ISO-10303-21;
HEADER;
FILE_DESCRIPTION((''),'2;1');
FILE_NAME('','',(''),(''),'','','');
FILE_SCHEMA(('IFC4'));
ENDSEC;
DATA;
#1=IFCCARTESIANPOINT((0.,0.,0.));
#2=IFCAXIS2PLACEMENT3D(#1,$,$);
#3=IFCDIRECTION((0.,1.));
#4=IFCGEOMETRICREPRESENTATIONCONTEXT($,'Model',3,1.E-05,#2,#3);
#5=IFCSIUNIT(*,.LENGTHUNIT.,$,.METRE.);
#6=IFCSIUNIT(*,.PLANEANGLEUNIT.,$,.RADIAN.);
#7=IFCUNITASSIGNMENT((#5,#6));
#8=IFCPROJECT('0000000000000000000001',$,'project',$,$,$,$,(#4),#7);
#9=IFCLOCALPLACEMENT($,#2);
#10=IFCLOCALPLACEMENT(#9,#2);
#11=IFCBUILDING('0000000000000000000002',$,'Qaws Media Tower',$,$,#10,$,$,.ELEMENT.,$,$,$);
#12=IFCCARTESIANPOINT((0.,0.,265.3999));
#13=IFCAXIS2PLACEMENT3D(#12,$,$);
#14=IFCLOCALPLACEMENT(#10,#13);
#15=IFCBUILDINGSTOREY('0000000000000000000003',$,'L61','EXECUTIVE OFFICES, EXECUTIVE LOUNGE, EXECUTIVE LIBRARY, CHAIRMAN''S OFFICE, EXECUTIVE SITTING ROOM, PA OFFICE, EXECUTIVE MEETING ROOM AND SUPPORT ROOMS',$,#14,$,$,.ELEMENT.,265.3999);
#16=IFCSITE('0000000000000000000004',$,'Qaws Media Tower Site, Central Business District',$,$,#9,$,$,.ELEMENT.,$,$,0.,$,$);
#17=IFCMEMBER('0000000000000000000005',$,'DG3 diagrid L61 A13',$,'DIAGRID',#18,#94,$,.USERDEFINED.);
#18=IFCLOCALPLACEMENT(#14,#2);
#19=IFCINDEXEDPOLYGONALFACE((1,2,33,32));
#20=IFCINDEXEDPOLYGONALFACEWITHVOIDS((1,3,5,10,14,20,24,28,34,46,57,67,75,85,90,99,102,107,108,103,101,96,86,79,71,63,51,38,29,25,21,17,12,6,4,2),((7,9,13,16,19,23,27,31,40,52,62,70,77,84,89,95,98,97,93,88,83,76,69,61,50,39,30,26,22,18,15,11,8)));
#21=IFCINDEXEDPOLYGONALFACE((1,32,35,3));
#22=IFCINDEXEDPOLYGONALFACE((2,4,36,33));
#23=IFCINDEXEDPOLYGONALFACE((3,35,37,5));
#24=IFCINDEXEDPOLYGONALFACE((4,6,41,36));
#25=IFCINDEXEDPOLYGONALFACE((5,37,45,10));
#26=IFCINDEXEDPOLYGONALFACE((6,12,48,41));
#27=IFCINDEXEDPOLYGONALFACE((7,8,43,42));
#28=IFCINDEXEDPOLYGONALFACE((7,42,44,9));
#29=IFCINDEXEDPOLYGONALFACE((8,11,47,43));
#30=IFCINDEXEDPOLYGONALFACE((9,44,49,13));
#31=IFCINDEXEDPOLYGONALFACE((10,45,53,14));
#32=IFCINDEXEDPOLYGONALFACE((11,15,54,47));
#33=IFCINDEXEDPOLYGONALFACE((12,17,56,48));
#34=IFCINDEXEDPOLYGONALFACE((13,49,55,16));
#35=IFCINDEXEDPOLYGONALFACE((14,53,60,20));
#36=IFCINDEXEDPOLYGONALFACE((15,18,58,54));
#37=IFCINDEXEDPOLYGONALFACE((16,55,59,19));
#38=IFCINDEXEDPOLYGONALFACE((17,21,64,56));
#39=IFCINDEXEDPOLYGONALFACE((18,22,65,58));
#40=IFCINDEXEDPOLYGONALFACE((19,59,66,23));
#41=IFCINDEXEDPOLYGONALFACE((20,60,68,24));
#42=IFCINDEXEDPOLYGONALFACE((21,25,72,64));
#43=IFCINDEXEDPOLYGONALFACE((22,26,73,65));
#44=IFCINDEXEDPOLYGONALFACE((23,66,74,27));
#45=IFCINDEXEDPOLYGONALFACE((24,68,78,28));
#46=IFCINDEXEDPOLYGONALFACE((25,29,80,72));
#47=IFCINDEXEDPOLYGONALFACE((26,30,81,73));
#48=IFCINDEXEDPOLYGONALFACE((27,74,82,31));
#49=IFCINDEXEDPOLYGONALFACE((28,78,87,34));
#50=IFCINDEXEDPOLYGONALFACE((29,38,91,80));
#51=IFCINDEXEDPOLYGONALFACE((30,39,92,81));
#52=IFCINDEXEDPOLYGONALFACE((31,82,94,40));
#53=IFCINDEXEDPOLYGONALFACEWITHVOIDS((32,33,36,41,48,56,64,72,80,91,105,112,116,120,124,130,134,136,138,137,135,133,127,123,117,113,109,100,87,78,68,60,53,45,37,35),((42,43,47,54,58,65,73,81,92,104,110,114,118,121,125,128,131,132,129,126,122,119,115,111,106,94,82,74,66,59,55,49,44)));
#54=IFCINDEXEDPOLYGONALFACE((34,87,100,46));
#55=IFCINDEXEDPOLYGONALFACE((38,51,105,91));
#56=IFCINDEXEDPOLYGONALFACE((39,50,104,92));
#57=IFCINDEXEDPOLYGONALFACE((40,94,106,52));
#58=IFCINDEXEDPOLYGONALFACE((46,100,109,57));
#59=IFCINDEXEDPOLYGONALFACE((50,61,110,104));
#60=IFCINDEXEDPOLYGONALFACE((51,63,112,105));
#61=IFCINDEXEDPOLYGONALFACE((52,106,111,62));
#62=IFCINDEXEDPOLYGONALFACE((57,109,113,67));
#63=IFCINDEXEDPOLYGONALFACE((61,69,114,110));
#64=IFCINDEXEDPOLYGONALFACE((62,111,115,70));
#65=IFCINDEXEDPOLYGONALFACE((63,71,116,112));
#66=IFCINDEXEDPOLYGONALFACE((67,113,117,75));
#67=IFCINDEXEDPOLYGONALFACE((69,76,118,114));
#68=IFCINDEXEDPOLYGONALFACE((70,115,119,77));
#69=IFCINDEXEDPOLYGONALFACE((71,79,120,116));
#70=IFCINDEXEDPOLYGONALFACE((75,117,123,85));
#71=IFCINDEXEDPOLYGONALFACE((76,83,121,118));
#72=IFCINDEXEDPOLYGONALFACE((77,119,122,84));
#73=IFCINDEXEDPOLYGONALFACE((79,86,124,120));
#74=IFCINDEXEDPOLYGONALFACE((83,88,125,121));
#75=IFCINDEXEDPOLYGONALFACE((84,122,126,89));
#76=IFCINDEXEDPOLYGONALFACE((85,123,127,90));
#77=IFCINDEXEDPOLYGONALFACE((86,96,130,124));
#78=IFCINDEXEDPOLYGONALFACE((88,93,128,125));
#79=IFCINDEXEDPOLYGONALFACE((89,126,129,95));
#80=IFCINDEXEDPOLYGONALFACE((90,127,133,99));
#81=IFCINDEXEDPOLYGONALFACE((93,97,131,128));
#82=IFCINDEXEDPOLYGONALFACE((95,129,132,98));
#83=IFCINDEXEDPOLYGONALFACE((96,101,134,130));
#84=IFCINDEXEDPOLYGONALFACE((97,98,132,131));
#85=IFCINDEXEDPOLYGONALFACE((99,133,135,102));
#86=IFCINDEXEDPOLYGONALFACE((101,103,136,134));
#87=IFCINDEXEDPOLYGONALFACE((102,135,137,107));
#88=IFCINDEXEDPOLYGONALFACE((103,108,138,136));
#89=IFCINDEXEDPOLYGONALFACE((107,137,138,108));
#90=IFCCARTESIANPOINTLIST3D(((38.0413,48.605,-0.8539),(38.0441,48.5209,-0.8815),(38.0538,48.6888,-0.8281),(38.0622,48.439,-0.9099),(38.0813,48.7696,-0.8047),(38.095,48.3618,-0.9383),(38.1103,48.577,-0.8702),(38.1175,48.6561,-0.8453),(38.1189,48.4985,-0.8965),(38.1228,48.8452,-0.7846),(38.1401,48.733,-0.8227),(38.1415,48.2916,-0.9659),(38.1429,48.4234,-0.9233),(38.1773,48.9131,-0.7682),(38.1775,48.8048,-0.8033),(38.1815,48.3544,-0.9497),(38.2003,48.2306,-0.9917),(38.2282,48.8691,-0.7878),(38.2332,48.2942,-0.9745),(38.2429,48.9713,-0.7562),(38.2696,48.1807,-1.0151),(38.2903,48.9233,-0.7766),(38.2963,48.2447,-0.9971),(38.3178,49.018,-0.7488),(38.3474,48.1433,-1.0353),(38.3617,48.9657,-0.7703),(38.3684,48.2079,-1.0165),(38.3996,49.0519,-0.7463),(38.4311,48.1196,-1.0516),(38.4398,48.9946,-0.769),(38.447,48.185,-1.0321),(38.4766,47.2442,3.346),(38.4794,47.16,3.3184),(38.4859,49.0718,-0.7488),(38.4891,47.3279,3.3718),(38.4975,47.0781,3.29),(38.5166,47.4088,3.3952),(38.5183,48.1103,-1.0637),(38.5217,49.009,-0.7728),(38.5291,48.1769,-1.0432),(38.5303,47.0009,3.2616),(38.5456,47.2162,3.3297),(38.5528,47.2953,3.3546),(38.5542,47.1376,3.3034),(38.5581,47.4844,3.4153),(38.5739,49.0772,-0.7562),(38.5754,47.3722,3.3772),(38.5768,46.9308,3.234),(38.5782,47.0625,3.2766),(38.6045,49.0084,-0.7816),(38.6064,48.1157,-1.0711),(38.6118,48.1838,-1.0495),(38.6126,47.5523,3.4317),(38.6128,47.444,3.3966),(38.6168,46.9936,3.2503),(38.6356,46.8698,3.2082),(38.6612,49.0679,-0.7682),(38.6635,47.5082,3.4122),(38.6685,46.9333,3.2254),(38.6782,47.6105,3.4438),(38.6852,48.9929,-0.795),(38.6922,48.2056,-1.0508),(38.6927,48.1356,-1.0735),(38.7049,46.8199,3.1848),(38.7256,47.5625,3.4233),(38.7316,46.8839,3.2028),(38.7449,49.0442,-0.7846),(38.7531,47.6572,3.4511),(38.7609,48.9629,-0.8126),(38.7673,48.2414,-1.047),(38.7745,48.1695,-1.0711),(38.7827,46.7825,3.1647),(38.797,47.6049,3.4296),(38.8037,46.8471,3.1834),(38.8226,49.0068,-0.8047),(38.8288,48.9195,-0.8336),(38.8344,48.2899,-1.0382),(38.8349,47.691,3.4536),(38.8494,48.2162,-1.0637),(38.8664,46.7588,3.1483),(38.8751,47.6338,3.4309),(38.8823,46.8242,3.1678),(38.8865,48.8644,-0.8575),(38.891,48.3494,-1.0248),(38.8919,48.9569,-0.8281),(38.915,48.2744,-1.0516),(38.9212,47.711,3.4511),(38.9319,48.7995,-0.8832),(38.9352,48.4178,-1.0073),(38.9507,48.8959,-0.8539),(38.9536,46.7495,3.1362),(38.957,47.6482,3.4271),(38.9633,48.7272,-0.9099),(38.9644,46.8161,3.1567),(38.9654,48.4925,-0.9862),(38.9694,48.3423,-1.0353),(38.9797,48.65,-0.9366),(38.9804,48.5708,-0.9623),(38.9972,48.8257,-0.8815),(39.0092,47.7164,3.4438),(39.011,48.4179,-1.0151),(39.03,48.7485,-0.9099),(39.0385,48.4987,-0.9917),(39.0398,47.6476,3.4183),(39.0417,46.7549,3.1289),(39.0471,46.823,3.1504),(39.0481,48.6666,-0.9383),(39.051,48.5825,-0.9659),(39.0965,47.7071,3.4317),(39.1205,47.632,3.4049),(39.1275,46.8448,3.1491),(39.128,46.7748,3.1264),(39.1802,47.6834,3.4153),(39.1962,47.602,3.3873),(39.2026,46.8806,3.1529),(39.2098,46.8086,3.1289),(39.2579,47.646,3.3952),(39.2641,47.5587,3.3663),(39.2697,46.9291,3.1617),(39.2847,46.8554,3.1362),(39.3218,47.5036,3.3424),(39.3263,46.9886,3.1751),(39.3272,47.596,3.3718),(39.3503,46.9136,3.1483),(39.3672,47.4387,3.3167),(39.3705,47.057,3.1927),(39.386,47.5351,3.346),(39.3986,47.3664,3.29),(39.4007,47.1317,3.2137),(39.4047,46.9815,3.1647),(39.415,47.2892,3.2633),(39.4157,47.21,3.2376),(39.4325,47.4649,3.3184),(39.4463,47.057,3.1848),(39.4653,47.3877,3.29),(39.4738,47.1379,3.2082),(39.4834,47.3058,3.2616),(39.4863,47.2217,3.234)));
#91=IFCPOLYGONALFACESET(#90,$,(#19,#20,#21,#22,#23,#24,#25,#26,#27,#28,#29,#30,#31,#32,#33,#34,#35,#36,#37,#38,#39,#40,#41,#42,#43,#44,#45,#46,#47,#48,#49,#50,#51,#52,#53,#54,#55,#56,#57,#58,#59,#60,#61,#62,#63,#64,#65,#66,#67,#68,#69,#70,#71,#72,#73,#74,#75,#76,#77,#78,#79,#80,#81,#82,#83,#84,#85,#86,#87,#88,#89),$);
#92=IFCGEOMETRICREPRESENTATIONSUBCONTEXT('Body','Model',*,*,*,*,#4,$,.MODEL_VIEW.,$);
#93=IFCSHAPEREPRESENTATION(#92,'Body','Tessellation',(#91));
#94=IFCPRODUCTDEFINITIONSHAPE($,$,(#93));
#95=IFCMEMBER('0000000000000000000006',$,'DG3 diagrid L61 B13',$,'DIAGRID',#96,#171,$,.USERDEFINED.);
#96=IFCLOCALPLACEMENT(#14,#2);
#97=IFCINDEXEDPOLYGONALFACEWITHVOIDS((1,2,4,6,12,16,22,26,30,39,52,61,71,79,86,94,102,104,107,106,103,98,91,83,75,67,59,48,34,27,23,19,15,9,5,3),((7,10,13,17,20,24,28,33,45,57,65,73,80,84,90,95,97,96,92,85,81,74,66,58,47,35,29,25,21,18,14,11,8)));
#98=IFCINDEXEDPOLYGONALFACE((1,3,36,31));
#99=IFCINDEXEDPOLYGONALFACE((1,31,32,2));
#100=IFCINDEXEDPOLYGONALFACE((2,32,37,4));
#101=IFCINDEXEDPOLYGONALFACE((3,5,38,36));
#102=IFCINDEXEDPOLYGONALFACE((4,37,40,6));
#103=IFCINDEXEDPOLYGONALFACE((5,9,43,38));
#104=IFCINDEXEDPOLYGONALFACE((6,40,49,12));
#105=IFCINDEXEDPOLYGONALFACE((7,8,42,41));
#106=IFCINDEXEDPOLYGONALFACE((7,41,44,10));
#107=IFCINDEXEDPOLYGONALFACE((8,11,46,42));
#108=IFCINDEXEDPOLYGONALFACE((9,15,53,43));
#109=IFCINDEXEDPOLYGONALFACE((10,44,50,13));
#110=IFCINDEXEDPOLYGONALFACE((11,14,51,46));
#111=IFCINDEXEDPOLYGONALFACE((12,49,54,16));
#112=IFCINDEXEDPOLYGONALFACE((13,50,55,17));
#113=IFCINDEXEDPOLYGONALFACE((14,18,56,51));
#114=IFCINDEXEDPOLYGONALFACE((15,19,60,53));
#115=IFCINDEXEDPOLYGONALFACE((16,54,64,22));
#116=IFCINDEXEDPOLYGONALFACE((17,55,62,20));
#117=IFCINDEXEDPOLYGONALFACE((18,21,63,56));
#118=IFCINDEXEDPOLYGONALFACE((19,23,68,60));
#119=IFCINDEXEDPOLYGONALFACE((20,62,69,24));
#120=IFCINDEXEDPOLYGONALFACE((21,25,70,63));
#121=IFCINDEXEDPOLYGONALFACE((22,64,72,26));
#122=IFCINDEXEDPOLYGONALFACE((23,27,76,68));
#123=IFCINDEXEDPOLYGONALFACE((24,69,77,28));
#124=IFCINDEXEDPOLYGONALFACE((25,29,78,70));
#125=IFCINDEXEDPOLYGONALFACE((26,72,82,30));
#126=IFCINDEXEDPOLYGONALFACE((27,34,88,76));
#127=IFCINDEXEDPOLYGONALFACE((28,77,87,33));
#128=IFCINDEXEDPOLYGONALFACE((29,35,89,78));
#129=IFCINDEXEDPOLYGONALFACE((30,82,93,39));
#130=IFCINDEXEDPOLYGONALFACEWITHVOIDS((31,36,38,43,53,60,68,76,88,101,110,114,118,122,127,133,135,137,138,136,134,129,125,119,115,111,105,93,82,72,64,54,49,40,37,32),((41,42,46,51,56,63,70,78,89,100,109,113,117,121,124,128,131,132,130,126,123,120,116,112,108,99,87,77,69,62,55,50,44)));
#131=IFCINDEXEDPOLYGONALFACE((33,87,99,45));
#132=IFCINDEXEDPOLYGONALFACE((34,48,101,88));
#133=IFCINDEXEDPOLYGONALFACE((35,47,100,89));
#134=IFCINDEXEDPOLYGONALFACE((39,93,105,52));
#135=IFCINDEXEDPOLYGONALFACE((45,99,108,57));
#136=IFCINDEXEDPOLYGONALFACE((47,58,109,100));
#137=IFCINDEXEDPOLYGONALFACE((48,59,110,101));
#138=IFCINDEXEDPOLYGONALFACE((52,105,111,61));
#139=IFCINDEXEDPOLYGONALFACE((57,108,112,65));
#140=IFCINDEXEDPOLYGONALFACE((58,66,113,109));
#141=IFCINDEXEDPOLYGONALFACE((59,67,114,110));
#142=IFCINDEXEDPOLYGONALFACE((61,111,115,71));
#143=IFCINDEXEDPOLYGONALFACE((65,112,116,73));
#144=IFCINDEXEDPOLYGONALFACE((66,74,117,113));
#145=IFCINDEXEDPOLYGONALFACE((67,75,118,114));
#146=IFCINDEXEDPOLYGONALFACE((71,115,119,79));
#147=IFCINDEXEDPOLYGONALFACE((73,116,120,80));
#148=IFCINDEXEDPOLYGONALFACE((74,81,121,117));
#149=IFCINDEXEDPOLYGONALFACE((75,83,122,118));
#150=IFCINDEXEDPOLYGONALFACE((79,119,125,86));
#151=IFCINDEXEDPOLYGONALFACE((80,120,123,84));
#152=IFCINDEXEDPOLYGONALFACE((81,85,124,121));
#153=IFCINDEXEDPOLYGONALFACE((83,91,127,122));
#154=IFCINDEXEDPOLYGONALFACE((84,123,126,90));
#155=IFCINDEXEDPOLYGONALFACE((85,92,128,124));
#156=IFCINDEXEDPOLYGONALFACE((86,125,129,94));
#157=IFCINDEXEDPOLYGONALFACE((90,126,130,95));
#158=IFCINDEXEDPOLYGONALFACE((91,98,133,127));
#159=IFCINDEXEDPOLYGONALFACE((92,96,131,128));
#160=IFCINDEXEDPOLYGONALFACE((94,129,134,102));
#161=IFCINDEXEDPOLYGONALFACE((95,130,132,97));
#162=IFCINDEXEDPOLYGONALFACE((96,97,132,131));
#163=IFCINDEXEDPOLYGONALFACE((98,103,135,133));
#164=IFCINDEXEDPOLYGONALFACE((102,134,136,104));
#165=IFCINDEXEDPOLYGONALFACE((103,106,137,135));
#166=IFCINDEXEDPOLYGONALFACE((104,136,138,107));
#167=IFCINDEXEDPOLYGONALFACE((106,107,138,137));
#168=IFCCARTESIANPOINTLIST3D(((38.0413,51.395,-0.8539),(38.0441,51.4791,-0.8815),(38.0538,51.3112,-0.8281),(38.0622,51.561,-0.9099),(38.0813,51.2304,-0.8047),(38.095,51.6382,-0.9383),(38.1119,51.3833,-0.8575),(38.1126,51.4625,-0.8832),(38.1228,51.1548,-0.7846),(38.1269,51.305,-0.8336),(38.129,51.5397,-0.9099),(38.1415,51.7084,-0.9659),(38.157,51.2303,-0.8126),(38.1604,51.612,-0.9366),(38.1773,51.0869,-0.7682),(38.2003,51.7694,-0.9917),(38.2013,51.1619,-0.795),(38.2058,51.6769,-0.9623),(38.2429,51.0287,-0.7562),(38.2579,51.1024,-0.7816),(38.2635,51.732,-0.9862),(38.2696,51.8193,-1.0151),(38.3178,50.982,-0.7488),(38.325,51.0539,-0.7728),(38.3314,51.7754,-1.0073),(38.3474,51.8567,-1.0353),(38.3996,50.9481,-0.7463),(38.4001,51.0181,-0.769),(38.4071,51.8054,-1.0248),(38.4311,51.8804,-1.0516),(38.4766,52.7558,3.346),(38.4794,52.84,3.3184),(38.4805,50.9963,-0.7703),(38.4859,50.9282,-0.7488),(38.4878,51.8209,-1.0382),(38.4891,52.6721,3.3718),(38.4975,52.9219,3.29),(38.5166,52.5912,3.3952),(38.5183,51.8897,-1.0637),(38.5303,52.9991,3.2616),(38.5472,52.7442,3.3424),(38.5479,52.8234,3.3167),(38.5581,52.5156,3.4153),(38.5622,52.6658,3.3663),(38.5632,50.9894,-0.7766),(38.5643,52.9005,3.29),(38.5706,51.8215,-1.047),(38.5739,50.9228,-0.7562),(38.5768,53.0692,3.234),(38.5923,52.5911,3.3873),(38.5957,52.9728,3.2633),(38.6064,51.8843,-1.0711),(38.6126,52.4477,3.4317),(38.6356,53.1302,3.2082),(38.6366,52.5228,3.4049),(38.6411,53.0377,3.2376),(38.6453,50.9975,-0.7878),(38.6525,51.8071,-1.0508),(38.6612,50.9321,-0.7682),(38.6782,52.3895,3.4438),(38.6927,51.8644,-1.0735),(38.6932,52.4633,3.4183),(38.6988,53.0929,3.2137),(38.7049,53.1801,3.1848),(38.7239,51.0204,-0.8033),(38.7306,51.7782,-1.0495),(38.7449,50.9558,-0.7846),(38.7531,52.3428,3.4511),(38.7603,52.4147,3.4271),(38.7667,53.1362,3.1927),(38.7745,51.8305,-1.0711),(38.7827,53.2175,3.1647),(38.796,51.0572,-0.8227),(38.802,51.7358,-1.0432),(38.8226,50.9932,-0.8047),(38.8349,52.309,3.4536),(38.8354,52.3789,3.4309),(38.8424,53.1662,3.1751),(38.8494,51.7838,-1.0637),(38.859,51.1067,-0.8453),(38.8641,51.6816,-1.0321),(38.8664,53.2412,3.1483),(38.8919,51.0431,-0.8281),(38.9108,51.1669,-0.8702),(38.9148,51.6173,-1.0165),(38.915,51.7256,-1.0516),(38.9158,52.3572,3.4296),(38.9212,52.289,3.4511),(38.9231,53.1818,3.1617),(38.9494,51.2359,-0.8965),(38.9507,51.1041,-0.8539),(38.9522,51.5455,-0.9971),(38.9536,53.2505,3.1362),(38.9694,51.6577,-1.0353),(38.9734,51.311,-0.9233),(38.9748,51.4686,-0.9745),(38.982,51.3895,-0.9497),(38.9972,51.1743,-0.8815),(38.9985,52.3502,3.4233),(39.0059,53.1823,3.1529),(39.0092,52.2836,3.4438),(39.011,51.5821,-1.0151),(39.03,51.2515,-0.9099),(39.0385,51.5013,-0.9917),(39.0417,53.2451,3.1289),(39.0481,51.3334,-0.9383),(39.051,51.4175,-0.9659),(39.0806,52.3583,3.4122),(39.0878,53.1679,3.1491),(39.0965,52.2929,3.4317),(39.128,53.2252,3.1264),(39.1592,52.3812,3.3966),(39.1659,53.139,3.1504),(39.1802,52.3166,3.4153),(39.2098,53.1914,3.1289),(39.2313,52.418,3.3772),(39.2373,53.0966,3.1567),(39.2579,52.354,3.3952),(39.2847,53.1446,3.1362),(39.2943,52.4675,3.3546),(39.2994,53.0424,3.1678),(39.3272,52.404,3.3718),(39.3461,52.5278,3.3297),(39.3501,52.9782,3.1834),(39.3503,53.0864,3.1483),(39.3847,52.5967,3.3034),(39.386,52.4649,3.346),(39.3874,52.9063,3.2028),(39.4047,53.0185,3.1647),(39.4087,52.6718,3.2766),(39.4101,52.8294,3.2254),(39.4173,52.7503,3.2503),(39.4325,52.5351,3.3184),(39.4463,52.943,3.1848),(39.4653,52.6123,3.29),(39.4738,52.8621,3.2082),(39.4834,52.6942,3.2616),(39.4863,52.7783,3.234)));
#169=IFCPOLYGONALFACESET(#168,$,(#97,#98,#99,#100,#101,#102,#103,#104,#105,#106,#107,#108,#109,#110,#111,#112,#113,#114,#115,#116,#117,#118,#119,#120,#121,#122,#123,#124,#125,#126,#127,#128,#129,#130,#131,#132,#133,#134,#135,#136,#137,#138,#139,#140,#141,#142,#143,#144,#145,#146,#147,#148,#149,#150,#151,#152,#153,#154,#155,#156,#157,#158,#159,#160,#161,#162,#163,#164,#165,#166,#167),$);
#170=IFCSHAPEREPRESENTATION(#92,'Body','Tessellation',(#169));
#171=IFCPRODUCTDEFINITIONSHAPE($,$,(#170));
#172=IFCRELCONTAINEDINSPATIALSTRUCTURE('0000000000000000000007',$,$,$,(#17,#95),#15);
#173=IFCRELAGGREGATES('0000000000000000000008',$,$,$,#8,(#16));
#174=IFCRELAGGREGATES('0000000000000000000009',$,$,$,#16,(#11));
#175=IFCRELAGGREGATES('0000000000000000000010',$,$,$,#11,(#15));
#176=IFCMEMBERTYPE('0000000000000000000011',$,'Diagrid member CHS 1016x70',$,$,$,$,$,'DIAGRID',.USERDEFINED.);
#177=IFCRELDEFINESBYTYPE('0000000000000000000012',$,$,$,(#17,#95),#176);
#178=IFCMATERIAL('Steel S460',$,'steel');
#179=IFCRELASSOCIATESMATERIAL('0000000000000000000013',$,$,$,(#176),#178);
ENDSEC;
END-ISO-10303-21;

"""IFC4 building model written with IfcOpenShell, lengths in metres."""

from ifc_helpers import new_model, si_unit, direction, frame, origin, origin_2d, place, context, subcontext, project, spatial, hollow_circle, extrude, material, material_profile, profile_set, type_object, element, save


model = new_model("IFC4")

# Units and contexts
model_context = context("Model", 3, precision=1e-05, world=origin(), true_north=direction((0.0, 1.0)))
body_context = subcontext(model_context, "Body", "Model", "MODEL_VIEW")
ifc_project = project(units=[si_unit("LENGTHUNIT", "METRE"), si_unit("PLANEANGLEUNIT", "RADIAN")], contexts=[model_context])

# Site, building, storey
site_placement = place(None, origin())
site = spatial("IfcSite", under=ifc_project, at=site_placement, Name="Qaws Media Tower Site, Central Business District", CompositionType="ELEMENT", RefElevation=0.0)
building_placement = place(site_placement, origin())
building = spatial("IfcBuilding", under=site, at=building_placement, Name="Qaws Media Tower", CompositionType="ELEMENT")
storey_placement = place(building_placement, frame((0.0, 0.0, 265.3999)))
storey = spatial("IfcBuildingStorey", under=building, at=storey_placement, Name="L61", Description="EXECUTIVE OFFICES, EXECUTIVE LOUNGE, EXECUTIVE LIBRARY, CHAIRMAN'S OFFICE, EXECUTIVE SITTING ROOM, PA OFFICE, EXECUTIVE MEETING ROOM AND SUPPORT ROOMS", CompositionType="ELEMENT", Elevation=265.3999)

# Members
ifc_material_1 = material(Name="Steel S460", Category="steel")
ifc_material_profile_1 = material_profile(ifc_material_1, hollow_circle(Radius=0.5081, WallThickness=0.0701, at=origin_2d()), Name="CHS 1016x70")
ifc_profile_set_1 = profile_set([ifc_material_profile_1], Name="Steel S460")
member_type_1 = type_object("IfcMemberType", Name="Diagrid member CHS 1016x70", ElementType="DIAGRID", PredefinedType="USERDEFINED", material=ifc_profile_set_1)
for number, where, z_axis, x_axis, name in (
    (1, (38.5461, 48.5938, -0.9099), (0.098122, -0.306749, 0.946719), (0.952458, 0.30467, 0.0), "DG3 diagrid L61 A13"),
    (2, (38.5461, 51.4062, -0.9099), (0.098122, 0.306749, 0.946719), (-0.952458, 0.30467, 0.0), "DG3 diagrid L61 B13"),
):
    element("IfcMember", number, at=place(storey_placement, frame(where, z_axis=z_axis, x_axis=x_axis)), inside=storey, type_object=member_type_1, Name=name, ObjectType="DIAGRID", PredefinedType="USERDEFINED", context=body_context, shape_type="SweptSolid", body=[
        extrude(hollow_circle(Radius=0.5081, WallThickness=0.0701, at=origin_2d()), origin(), (0.0, 0.0, 1.0), 4.4363),
    ])

save(model, "model.ifc")
